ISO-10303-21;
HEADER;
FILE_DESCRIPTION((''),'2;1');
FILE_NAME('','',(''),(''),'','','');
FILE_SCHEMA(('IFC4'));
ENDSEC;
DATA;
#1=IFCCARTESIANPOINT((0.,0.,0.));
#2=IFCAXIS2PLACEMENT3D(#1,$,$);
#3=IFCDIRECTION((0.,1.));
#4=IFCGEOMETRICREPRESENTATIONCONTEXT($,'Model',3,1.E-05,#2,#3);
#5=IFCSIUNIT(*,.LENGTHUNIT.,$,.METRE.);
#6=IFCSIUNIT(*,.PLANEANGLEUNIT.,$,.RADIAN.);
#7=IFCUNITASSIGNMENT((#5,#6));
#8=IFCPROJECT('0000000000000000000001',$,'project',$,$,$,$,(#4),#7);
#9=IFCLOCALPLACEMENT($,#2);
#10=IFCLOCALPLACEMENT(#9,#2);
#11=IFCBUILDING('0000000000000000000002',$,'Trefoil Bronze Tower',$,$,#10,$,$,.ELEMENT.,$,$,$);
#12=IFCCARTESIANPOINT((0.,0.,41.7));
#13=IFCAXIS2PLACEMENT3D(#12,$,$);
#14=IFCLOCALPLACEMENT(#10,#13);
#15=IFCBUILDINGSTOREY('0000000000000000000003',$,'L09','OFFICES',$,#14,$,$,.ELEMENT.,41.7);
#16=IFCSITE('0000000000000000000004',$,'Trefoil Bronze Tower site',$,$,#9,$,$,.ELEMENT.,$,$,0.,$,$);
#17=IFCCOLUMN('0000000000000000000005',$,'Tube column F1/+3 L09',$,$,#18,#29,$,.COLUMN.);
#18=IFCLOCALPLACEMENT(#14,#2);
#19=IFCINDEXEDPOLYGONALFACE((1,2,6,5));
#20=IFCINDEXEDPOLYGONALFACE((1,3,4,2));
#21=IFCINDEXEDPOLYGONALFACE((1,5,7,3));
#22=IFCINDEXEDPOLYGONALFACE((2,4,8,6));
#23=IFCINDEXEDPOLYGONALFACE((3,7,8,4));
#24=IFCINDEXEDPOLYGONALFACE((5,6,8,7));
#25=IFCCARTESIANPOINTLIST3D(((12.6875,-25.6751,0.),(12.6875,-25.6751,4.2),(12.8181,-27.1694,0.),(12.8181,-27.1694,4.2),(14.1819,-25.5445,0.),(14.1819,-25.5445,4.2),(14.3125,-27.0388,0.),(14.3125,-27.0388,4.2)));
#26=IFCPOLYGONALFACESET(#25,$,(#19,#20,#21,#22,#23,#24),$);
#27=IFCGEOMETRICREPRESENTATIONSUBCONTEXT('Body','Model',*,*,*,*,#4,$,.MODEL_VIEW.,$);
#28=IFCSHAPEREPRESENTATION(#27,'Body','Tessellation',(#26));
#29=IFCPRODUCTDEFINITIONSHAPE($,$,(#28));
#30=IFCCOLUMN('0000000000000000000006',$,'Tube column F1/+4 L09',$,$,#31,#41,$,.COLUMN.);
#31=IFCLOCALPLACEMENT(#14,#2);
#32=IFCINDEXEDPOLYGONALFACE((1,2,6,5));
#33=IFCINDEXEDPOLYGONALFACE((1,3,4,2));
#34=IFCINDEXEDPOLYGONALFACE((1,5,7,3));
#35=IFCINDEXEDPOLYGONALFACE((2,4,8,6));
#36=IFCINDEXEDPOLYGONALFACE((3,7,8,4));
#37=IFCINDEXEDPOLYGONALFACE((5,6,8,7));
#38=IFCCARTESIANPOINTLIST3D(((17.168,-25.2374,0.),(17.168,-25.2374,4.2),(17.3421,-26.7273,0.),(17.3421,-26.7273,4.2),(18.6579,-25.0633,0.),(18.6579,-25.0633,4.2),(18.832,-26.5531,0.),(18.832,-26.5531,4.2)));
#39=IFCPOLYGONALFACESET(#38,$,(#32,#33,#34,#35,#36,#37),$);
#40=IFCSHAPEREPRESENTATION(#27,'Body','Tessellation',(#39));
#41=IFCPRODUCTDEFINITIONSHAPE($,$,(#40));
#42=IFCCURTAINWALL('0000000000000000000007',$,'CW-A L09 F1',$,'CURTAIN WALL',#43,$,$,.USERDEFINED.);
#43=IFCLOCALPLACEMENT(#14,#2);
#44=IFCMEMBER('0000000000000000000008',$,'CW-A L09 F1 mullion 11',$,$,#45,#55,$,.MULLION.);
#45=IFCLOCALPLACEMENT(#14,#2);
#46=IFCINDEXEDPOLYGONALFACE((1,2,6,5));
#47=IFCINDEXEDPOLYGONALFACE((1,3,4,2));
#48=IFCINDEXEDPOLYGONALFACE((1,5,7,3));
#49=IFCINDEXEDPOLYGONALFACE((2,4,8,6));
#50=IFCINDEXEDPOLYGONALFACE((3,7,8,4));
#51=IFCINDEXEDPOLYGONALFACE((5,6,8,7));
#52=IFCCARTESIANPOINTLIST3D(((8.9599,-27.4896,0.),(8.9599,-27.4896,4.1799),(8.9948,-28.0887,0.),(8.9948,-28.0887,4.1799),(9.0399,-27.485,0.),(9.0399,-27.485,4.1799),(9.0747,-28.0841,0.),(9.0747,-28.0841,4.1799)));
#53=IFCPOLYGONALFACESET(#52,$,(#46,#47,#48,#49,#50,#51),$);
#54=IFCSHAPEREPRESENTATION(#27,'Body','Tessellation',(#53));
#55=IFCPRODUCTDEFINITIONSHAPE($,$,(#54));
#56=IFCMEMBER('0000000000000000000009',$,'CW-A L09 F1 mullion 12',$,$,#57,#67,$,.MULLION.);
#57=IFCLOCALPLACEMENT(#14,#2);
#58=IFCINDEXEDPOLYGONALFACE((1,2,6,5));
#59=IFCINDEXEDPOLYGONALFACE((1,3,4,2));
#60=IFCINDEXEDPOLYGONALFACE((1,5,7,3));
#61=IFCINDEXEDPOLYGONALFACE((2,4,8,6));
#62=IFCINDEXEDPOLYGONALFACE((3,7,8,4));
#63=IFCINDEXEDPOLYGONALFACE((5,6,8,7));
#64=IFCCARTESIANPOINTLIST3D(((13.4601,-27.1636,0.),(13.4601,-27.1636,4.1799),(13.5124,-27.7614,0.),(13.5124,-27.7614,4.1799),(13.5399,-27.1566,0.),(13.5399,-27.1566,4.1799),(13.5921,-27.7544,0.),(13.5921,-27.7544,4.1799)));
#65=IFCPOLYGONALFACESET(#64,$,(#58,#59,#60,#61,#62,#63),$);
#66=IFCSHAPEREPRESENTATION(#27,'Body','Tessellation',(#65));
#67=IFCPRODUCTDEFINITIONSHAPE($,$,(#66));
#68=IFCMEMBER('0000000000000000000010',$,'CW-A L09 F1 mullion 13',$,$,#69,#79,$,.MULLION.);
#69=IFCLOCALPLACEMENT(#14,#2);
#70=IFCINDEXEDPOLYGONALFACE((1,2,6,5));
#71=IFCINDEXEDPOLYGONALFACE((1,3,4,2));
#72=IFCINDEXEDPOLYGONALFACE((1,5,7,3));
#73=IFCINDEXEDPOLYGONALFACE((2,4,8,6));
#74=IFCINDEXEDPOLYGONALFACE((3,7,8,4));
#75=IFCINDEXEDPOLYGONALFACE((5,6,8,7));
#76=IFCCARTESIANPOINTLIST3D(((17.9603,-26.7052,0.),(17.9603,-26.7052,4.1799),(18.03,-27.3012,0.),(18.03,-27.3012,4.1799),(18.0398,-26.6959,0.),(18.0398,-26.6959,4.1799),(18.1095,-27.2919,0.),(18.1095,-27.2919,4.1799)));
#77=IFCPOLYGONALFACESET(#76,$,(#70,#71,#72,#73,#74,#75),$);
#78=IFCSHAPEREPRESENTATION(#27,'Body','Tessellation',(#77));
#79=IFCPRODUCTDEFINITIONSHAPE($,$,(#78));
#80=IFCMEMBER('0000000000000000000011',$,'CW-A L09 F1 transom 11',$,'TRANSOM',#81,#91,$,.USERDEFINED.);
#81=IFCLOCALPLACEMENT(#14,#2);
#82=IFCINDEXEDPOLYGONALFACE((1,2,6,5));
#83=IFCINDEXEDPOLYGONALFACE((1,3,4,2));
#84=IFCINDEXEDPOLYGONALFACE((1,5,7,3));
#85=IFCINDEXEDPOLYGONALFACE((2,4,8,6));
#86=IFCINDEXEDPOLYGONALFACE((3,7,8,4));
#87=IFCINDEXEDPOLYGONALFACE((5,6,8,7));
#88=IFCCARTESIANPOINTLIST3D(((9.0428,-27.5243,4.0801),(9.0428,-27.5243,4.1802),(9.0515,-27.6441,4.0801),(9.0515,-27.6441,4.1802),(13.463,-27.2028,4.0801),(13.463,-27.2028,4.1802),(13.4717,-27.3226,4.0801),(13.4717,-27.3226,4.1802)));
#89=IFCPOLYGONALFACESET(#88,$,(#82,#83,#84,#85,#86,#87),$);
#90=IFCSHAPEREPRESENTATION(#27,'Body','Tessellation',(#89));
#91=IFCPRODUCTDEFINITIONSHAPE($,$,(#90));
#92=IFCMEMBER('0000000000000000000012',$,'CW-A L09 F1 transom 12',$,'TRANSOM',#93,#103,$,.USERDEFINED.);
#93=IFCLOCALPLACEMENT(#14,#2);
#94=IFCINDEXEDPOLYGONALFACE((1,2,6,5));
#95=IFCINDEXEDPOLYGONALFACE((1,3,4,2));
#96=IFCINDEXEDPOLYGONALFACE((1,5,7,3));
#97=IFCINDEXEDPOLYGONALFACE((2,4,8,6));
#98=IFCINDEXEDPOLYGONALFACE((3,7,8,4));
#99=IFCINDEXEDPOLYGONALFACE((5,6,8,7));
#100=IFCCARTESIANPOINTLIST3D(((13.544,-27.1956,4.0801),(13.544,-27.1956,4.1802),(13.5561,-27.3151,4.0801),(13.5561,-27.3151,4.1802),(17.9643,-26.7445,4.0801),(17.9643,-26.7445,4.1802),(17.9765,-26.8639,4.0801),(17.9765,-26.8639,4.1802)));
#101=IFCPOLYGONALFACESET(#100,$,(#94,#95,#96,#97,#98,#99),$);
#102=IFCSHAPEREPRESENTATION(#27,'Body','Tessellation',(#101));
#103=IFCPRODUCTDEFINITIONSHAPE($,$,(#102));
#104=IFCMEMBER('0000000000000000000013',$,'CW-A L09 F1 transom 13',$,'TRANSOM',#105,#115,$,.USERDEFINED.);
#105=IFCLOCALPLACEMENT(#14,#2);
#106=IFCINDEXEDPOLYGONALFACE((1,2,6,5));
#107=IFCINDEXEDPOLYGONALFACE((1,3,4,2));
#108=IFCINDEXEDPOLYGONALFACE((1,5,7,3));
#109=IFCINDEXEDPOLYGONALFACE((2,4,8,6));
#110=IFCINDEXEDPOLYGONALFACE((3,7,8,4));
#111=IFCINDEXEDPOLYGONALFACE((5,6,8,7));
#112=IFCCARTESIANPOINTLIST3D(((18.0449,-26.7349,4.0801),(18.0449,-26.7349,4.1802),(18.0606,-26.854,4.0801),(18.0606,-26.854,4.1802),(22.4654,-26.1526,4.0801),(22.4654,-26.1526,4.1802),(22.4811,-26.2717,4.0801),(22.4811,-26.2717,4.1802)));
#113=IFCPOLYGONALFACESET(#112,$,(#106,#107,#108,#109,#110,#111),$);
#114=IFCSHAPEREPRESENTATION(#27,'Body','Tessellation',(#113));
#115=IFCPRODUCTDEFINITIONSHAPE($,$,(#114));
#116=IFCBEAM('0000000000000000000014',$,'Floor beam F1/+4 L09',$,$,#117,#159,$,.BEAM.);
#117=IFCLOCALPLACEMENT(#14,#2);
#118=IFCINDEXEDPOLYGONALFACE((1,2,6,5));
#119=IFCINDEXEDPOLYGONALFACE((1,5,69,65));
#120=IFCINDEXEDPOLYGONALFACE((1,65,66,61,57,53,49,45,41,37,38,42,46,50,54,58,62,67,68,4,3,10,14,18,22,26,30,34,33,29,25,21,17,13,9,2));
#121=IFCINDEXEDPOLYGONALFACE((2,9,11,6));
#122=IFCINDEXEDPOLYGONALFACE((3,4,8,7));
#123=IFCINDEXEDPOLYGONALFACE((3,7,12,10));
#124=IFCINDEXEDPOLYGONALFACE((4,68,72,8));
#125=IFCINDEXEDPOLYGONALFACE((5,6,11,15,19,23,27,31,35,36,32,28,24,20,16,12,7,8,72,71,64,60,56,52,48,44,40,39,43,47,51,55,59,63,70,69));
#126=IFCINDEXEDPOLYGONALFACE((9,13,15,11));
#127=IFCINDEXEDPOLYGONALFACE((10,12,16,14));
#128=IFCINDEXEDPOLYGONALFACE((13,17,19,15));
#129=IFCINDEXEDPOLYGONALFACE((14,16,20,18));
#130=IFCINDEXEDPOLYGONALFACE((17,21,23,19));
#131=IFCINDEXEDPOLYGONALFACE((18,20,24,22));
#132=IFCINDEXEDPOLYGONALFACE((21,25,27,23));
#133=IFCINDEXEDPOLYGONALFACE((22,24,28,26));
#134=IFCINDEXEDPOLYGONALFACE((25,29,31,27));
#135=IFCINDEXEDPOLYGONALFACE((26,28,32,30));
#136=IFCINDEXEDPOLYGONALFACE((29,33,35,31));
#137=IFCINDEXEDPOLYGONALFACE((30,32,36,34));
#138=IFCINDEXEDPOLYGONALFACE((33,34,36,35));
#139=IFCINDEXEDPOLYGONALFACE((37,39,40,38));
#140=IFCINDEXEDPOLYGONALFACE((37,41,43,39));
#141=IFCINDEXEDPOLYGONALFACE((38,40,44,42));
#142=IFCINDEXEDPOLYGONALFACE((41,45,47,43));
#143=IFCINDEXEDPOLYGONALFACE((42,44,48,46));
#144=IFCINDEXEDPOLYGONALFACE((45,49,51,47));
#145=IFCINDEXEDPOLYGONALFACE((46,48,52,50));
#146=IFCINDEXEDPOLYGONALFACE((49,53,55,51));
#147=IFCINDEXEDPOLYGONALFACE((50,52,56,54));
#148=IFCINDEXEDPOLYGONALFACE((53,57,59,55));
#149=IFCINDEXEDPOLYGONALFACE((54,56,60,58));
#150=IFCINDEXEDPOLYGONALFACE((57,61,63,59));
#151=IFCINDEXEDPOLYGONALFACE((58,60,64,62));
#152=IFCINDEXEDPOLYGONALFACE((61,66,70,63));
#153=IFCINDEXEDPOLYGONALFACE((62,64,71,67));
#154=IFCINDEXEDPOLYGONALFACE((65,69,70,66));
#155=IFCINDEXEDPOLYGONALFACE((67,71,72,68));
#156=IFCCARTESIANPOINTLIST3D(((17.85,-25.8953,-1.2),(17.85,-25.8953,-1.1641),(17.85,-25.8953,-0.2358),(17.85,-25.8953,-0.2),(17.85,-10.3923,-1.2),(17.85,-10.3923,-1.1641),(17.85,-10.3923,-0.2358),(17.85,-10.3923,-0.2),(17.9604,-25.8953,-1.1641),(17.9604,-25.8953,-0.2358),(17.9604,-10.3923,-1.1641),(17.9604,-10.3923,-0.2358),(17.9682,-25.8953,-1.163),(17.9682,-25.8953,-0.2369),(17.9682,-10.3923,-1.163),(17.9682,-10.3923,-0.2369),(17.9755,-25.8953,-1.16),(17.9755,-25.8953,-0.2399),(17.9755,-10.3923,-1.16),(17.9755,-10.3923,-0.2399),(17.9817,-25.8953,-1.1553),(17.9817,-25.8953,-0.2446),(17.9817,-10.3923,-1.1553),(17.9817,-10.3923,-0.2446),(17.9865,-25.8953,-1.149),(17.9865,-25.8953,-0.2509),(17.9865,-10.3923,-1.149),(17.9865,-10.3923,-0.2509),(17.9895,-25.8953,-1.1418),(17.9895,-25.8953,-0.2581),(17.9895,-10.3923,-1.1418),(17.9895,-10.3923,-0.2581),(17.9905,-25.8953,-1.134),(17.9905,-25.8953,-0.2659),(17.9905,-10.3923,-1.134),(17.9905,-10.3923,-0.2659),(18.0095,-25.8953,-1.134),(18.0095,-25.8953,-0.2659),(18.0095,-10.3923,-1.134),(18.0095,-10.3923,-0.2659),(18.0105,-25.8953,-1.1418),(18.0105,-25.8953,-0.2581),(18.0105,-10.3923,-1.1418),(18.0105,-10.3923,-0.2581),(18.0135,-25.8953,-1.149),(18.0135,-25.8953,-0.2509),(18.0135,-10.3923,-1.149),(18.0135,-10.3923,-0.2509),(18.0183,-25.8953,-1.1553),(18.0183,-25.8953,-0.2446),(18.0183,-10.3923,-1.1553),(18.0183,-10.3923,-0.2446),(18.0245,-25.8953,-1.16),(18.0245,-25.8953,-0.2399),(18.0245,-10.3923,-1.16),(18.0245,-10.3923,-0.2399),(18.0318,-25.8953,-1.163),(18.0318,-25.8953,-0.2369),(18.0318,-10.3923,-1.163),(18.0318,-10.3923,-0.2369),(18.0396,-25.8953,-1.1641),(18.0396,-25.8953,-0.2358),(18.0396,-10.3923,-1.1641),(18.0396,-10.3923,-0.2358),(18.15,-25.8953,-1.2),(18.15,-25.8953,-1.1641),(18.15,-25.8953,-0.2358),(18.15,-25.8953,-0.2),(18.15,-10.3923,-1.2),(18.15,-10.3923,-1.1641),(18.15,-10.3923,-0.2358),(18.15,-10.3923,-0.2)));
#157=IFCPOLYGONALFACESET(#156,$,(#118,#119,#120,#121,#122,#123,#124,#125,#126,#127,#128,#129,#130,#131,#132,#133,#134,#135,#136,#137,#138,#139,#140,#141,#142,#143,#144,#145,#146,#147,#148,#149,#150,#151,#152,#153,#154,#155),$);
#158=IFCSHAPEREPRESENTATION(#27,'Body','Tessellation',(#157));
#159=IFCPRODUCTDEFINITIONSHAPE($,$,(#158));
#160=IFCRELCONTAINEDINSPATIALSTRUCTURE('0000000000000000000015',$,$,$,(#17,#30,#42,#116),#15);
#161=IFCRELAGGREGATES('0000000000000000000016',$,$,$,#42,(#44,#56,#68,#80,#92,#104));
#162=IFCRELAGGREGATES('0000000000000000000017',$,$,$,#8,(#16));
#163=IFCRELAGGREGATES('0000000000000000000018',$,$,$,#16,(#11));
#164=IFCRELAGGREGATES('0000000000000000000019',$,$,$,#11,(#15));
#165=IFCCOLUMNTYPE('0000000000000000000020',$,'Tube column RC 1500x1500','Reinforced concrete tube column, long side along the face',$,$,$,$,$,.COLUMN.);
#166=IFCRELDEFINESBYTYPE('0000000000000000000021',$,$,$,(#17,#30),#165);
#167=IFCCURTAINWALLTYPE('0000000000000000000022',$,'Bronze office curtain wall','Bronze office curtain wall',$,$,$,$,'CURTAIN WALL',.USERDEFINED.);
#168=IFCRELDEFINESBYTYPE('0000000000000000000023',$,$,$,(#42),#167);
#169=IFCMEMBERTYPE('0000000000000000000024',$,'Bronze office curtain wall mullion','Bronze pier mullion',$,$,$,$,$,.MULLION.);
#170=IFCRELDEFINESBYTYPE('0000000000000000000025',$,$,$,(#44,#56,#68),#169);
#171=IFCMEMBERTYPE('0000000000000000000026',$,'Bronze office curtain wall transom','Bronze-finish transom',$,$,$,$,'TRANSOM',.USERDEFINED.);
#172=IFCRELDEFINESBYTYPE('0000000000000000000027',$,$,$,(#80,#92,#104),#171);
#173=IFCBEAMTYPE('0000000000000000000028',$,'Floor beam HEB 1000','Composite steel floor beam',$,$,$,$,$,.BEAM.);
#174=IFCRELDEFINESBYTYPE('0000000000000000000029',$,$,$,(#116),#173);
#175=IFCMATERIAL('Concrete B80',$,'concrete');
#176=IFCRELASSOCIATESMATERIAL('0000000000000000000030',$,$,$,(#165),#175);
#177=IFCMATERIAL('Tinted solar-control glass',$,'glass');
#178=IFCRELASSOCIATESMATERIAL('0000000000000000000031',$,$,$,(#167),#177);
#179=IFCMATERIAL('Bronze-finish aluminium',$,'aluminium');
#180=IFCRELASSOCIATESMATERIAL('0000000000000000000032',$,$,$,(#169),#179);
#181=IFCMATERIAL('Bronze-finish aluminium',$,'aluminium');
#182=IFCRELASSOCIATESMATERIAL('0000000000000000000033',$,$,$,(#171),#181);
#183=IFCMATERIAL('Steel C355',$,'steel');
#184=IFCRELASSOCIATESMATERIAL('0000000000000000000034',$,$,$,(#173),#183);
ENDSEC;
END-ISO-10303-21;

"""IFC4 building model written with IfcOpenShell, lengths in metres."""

from ifc_helpers import new_model, si_unit, direction, frame, origin, origin_2d, place, context, subcontext, project, spatial, rectangle, i_section, extrude, material, material_profile, profile_set, type_object, element, aggregate, save


model = new_model("IFC4")

# Units and contexts
model_context = context("Model", 3, precision=1e-05, world=origin(), true_north=direction((0.0, 1.0)))
body_context = subcontext(model_context, "Body", "Model", "MODEL_VIEW")
ifc_project = project(units=[si_unit("LENGTHUNIT", "METRE"), si_unit("PLANEANGLEUNIT", "RADIAN")], contexts=[model_context])

# Site, building, storey
site_placement = place(None, origin())
site = spatial("IfcSite", under=ifc_project, at=site_placement, Name="Trefoil Bronze Tower site", CompositionType="ELEMENT", RefElevation=0.0)
building_placement = place(site_placement, origin())
building = spatial("IfcBuilding", under=site, at=building_placement, Name="Trefoil Bronze Tower", CompositionType="ELEMENT")
storey_placement = place(building_placement, frame((0.0, 0.0, 41.7)))
storey = spatial("IfcBuildingStorey", under=building, at=storey_placement, Name="L09", Description="OFFICES", CompositionType="ELEMENT", Elevation=41.7)

# Columns
ifc_material_1 = material(Name="Concrete B80", Category="concrete")
ifc_material_profile_1 = material_profile(ifc_material_1, rectangle(XDim=1.5, YDim=1.5, at=origin_2d()), Name="RC 1500x1500")
ifc_profile_set_1 = profile_set([ifc_material_profile_1], Name="Concrete B80")
column_type = type_object("IfcColumnType", Name="Tube column RC 1500x1500", Description="Reinforced concrete tube column, long side along the face", PredefinedType="COLUMN", material=ifc_profile_set_1)
for number, where, z_axis, x_axis, name in (
    (1, (13.5, -26.3569, 0.0), (0.0, 0.0, 1.0), (0.996203, 0.087065, 0.0), "Tube column F1/+3 L09"),
    (2, (18.0, -25.8953, 0.0), (0.0, 0.0, 1.0), (0.993239, 0.116087, 0.0), "Tube column F1/+4 L09"),
):
    element("IfcColumn", number, at=place(storey_placement, frame(where, z_axis=z_axis, x_axis=x_axis)), inside=storey, type_object=column_type, Name=name, PredefinedType="COLUMN", context=body_context, shape_type="SweptSolid", body=[
        extrude(rectangle(XDim=1.5, YDim=1.5, at=origin_2d()), origin(), (0.0, 0.0, 1.0), 4.2),
    ])

# Curtain wall, members
ifc_material_2 = material(Name="Tinted solar-control glass", Category="glass")
curtain_wall_type = type_object("IfcCurtainWallType", Name="Bronze office curtain wall", Description="Bronze office curtain wall", ElementType="CURTAIN WALL", PredefinedType="USERDEFINED", material=ifc_material_2)
curtain_wall_placement = place(storey_placement, origin())
curtain_wall = element("IfcCurtainWall", 3, at=curtain_wall_placement, inside=storey, type_object=curtain_wall_type, Name="CW-A L09 F1", ObjectType="CURTAIN WALL", PredefinedType="USERDEFINED")
ifc_material_3 = material(Name="Bronze-finish aluminium", Category="aluminium")
ifc_material_profile_2 = material_profile(ifc_material_3, rectangle(XDim=0.6001, YDim=0.0801, at=origin_2d()), Name="CW-A mullion")
ifc_profile_set_2 = profile_set([ifc_material_profile_2], Name="Bronze-finish aluminium")
member_type_1 = type_object("IfcMemberType", Name="Bronze office curtain wall mullion", Description="Bronze pier mullion", PredefinedType="MULLION", material=ifc_profile_set_2)
member_1_placement = place(storey_placement, frame((9.0173, -27.7869, 0.0), z_axis=(0.0, 0.0, 1.0), x_axis=(-0.058043, 0.998314, 0.0)))
member_1 = element("IfcMember", 4, at=member_1_placement, type_object=member_type_1, Name="CW-A L09 F1 mullion 11", PredefinedType="MULLION", context=body_context, shape_type="SweptSolid", body=[
    extrude(rectangle(XDim=0.6001, YDim=0.0801, at=origin_2d()), origin(), (0.0, 0.0, 1.0), 4.1799),
])
member_2_placement = place(storey_placement, frame((13.5261, -27.459, 0.0), z_axis=(0.0, 0.0, 1.0), x_axis=(-0.087065, 0.996203, 0.0)))
member_2 = element("IfcMember", 5, at=member_2_placement, type_object=member_type_1, Name="CW-A L09 F1 mullion 12", PredefinedType="MULLION", context=body_context, shape_type="SweptSolid", body=[
    extrude(rectangle(XDim=0.6001, YDim=0.0801, at=origin_2d()), origin(), (0.0, 0.0, 1.0), 4.1799),
])
member_3_placement = place(storey_placement, frame((18.0349, -26.9985, 0.0), z_axis=(0.0, 0.0, 1.0), x_axis=(-0.116087, 0.993239, 0.0)))
member_3 = element("IfcMember", 6, at=member_3_placement, type_object=member_type_1, Name="CW-A L09 F1 mullion 13", PredefinedType="MULLION", context=body_context, shape_type="SweptSolid", body=[
    extrude(rectangle(XDim=0.6001, YDim=0.0801, at=origin_2d()), origin(), (0.0, 0.0, 1.0), 4.1799),
])
ifc_material_4 = material(Name="Bronze-finish aluminium", Category="aluminium")
ifc_material_profile_3 = material_profile(ifc_material_4, rectangle(XDim=0.1201, YDim=0.1001, at=origin_2d()), Name="CW-A transom")
ifc_profile_set_3 = profile_set([ifc_material_profile_3], Name="Bronze-finish aluminium")
member_type_2 = type_object("IfcMemberType", Name="Bronze office curtain wall transom", Description="Bronze-finish transom", ElementType="TRANSOM", PredefinedType="USERDEFINED", material=ifc_profile_set_3)
member_4_placement = place(storey_placement, frame((9.0471, -27.5842, 4.1301), z_axis=(0.997365, 0.072551, 0.0), x_axis=(-0.072551, 0.997365, 0.0)))
member_4 = element("IfcMember", 7, at=member_4_placement, type_object=member_type_2, Name="CW-A L09 F1 transom 11", ObjectType="TRANSOM", PredefinedType="USERDEFINED", context=body_context, shape_type="SweptSolid", body=[
    extrude(rectangle(XDim=0.1201, YDim=0.1001, at=origin_2d()), origin(), (0.0, 0.0, 1.0), 4.4319),
])
member_5_placement = place(storey_placement, frame((13.55, -27.2554, 4.1301), z_axis=(0.994832, 0.101538, 0.0), x_axis=(-0.101538, 0.994832, 0.0)))
member_5 = element("IfcMember", 8, at=member_5_placement, type_object=member_type_2, Name="CW-A L09 F1 transom 12", ObjectType="TRANSOM", PredefinedType="USERDEFINED", context=body_context, shape_type="SweptSolid", body=[
    extrude(rectangle(XDim=0.1201, YDim=0.1001, at=origin_2d()), origin(), (0.0, 0.0, 1.0), 4.4434),
])
member_6_placement = place(storey_placement, frame((18.0527, -26.7944, 4.1301), z_axis=(0.991437, 0.130589, 0.0), x_axis=(-0.130589, 0.991437, 0.0)))
member_6 = element("IfcMember", 9, at=member_6_placement, type_object=member_type_2, Name="CW-A L09 F1 transom 13", ObjectType="TRANSOM", PredefinedType="USERDEFINED", context=body_context, shape_type="SweptSolid", body=[
    extrude(rectangle(XDim=0.1201, YDim=0.1001, at=origin_2d()), origin(), (0.0, 0.0, 1.0), 4.4587),
])

# Beam
ifc_material_5 = material(Name="Steel C355", Category="steel")
ifc_material_profile_4 = material_profile(ifc_material_5, i_section(OverallWidth=0.3, OverallDepth=1.0, WebThickness=0.019, FlangeThickness=0.0359, FilletRadius=0.03, at=origin_2d()), Name="HEB 1000")
ifc_profile_set_4 = profile_set([ifc_material_profile_4], Name="Steel C355")
beam_type_1 = type_object("IfcBeamType", Name="Floor beam HEB 1000", Description="Composite steel floor beam", PredefinedType="BEAM", material=ifc_profile_set_4)
beam_1_placement = place(storey_placement, frame((18.0, -25.8953, -0.7), z_axis=(0.0, 1.0, 0.0), x_axis=(-1.0, 0.0, 0.0)))
element("IfcBeam", 10, at=beam_1_placement, inside=storey, type_object=beam_type_1, Name="Floor beam F1/+4 L09", PredefinedType="BEAM", context=body_context, shape_type="SweptSolid", body=[
    extrude(i_section(OverallWidth=0.3, OverallDepth=1.0, WebThickness=0.019, FlangeThickness=0.0359, FilletRadius=0.03, at=origin_2d()), origin(), (0.0, 0.0, 1.0), 15.5029),
])

aggregate(curtain_wall, [member_1, member_2, member_3, member_4, member_5, member_6])

save(model, "model.ifc")
